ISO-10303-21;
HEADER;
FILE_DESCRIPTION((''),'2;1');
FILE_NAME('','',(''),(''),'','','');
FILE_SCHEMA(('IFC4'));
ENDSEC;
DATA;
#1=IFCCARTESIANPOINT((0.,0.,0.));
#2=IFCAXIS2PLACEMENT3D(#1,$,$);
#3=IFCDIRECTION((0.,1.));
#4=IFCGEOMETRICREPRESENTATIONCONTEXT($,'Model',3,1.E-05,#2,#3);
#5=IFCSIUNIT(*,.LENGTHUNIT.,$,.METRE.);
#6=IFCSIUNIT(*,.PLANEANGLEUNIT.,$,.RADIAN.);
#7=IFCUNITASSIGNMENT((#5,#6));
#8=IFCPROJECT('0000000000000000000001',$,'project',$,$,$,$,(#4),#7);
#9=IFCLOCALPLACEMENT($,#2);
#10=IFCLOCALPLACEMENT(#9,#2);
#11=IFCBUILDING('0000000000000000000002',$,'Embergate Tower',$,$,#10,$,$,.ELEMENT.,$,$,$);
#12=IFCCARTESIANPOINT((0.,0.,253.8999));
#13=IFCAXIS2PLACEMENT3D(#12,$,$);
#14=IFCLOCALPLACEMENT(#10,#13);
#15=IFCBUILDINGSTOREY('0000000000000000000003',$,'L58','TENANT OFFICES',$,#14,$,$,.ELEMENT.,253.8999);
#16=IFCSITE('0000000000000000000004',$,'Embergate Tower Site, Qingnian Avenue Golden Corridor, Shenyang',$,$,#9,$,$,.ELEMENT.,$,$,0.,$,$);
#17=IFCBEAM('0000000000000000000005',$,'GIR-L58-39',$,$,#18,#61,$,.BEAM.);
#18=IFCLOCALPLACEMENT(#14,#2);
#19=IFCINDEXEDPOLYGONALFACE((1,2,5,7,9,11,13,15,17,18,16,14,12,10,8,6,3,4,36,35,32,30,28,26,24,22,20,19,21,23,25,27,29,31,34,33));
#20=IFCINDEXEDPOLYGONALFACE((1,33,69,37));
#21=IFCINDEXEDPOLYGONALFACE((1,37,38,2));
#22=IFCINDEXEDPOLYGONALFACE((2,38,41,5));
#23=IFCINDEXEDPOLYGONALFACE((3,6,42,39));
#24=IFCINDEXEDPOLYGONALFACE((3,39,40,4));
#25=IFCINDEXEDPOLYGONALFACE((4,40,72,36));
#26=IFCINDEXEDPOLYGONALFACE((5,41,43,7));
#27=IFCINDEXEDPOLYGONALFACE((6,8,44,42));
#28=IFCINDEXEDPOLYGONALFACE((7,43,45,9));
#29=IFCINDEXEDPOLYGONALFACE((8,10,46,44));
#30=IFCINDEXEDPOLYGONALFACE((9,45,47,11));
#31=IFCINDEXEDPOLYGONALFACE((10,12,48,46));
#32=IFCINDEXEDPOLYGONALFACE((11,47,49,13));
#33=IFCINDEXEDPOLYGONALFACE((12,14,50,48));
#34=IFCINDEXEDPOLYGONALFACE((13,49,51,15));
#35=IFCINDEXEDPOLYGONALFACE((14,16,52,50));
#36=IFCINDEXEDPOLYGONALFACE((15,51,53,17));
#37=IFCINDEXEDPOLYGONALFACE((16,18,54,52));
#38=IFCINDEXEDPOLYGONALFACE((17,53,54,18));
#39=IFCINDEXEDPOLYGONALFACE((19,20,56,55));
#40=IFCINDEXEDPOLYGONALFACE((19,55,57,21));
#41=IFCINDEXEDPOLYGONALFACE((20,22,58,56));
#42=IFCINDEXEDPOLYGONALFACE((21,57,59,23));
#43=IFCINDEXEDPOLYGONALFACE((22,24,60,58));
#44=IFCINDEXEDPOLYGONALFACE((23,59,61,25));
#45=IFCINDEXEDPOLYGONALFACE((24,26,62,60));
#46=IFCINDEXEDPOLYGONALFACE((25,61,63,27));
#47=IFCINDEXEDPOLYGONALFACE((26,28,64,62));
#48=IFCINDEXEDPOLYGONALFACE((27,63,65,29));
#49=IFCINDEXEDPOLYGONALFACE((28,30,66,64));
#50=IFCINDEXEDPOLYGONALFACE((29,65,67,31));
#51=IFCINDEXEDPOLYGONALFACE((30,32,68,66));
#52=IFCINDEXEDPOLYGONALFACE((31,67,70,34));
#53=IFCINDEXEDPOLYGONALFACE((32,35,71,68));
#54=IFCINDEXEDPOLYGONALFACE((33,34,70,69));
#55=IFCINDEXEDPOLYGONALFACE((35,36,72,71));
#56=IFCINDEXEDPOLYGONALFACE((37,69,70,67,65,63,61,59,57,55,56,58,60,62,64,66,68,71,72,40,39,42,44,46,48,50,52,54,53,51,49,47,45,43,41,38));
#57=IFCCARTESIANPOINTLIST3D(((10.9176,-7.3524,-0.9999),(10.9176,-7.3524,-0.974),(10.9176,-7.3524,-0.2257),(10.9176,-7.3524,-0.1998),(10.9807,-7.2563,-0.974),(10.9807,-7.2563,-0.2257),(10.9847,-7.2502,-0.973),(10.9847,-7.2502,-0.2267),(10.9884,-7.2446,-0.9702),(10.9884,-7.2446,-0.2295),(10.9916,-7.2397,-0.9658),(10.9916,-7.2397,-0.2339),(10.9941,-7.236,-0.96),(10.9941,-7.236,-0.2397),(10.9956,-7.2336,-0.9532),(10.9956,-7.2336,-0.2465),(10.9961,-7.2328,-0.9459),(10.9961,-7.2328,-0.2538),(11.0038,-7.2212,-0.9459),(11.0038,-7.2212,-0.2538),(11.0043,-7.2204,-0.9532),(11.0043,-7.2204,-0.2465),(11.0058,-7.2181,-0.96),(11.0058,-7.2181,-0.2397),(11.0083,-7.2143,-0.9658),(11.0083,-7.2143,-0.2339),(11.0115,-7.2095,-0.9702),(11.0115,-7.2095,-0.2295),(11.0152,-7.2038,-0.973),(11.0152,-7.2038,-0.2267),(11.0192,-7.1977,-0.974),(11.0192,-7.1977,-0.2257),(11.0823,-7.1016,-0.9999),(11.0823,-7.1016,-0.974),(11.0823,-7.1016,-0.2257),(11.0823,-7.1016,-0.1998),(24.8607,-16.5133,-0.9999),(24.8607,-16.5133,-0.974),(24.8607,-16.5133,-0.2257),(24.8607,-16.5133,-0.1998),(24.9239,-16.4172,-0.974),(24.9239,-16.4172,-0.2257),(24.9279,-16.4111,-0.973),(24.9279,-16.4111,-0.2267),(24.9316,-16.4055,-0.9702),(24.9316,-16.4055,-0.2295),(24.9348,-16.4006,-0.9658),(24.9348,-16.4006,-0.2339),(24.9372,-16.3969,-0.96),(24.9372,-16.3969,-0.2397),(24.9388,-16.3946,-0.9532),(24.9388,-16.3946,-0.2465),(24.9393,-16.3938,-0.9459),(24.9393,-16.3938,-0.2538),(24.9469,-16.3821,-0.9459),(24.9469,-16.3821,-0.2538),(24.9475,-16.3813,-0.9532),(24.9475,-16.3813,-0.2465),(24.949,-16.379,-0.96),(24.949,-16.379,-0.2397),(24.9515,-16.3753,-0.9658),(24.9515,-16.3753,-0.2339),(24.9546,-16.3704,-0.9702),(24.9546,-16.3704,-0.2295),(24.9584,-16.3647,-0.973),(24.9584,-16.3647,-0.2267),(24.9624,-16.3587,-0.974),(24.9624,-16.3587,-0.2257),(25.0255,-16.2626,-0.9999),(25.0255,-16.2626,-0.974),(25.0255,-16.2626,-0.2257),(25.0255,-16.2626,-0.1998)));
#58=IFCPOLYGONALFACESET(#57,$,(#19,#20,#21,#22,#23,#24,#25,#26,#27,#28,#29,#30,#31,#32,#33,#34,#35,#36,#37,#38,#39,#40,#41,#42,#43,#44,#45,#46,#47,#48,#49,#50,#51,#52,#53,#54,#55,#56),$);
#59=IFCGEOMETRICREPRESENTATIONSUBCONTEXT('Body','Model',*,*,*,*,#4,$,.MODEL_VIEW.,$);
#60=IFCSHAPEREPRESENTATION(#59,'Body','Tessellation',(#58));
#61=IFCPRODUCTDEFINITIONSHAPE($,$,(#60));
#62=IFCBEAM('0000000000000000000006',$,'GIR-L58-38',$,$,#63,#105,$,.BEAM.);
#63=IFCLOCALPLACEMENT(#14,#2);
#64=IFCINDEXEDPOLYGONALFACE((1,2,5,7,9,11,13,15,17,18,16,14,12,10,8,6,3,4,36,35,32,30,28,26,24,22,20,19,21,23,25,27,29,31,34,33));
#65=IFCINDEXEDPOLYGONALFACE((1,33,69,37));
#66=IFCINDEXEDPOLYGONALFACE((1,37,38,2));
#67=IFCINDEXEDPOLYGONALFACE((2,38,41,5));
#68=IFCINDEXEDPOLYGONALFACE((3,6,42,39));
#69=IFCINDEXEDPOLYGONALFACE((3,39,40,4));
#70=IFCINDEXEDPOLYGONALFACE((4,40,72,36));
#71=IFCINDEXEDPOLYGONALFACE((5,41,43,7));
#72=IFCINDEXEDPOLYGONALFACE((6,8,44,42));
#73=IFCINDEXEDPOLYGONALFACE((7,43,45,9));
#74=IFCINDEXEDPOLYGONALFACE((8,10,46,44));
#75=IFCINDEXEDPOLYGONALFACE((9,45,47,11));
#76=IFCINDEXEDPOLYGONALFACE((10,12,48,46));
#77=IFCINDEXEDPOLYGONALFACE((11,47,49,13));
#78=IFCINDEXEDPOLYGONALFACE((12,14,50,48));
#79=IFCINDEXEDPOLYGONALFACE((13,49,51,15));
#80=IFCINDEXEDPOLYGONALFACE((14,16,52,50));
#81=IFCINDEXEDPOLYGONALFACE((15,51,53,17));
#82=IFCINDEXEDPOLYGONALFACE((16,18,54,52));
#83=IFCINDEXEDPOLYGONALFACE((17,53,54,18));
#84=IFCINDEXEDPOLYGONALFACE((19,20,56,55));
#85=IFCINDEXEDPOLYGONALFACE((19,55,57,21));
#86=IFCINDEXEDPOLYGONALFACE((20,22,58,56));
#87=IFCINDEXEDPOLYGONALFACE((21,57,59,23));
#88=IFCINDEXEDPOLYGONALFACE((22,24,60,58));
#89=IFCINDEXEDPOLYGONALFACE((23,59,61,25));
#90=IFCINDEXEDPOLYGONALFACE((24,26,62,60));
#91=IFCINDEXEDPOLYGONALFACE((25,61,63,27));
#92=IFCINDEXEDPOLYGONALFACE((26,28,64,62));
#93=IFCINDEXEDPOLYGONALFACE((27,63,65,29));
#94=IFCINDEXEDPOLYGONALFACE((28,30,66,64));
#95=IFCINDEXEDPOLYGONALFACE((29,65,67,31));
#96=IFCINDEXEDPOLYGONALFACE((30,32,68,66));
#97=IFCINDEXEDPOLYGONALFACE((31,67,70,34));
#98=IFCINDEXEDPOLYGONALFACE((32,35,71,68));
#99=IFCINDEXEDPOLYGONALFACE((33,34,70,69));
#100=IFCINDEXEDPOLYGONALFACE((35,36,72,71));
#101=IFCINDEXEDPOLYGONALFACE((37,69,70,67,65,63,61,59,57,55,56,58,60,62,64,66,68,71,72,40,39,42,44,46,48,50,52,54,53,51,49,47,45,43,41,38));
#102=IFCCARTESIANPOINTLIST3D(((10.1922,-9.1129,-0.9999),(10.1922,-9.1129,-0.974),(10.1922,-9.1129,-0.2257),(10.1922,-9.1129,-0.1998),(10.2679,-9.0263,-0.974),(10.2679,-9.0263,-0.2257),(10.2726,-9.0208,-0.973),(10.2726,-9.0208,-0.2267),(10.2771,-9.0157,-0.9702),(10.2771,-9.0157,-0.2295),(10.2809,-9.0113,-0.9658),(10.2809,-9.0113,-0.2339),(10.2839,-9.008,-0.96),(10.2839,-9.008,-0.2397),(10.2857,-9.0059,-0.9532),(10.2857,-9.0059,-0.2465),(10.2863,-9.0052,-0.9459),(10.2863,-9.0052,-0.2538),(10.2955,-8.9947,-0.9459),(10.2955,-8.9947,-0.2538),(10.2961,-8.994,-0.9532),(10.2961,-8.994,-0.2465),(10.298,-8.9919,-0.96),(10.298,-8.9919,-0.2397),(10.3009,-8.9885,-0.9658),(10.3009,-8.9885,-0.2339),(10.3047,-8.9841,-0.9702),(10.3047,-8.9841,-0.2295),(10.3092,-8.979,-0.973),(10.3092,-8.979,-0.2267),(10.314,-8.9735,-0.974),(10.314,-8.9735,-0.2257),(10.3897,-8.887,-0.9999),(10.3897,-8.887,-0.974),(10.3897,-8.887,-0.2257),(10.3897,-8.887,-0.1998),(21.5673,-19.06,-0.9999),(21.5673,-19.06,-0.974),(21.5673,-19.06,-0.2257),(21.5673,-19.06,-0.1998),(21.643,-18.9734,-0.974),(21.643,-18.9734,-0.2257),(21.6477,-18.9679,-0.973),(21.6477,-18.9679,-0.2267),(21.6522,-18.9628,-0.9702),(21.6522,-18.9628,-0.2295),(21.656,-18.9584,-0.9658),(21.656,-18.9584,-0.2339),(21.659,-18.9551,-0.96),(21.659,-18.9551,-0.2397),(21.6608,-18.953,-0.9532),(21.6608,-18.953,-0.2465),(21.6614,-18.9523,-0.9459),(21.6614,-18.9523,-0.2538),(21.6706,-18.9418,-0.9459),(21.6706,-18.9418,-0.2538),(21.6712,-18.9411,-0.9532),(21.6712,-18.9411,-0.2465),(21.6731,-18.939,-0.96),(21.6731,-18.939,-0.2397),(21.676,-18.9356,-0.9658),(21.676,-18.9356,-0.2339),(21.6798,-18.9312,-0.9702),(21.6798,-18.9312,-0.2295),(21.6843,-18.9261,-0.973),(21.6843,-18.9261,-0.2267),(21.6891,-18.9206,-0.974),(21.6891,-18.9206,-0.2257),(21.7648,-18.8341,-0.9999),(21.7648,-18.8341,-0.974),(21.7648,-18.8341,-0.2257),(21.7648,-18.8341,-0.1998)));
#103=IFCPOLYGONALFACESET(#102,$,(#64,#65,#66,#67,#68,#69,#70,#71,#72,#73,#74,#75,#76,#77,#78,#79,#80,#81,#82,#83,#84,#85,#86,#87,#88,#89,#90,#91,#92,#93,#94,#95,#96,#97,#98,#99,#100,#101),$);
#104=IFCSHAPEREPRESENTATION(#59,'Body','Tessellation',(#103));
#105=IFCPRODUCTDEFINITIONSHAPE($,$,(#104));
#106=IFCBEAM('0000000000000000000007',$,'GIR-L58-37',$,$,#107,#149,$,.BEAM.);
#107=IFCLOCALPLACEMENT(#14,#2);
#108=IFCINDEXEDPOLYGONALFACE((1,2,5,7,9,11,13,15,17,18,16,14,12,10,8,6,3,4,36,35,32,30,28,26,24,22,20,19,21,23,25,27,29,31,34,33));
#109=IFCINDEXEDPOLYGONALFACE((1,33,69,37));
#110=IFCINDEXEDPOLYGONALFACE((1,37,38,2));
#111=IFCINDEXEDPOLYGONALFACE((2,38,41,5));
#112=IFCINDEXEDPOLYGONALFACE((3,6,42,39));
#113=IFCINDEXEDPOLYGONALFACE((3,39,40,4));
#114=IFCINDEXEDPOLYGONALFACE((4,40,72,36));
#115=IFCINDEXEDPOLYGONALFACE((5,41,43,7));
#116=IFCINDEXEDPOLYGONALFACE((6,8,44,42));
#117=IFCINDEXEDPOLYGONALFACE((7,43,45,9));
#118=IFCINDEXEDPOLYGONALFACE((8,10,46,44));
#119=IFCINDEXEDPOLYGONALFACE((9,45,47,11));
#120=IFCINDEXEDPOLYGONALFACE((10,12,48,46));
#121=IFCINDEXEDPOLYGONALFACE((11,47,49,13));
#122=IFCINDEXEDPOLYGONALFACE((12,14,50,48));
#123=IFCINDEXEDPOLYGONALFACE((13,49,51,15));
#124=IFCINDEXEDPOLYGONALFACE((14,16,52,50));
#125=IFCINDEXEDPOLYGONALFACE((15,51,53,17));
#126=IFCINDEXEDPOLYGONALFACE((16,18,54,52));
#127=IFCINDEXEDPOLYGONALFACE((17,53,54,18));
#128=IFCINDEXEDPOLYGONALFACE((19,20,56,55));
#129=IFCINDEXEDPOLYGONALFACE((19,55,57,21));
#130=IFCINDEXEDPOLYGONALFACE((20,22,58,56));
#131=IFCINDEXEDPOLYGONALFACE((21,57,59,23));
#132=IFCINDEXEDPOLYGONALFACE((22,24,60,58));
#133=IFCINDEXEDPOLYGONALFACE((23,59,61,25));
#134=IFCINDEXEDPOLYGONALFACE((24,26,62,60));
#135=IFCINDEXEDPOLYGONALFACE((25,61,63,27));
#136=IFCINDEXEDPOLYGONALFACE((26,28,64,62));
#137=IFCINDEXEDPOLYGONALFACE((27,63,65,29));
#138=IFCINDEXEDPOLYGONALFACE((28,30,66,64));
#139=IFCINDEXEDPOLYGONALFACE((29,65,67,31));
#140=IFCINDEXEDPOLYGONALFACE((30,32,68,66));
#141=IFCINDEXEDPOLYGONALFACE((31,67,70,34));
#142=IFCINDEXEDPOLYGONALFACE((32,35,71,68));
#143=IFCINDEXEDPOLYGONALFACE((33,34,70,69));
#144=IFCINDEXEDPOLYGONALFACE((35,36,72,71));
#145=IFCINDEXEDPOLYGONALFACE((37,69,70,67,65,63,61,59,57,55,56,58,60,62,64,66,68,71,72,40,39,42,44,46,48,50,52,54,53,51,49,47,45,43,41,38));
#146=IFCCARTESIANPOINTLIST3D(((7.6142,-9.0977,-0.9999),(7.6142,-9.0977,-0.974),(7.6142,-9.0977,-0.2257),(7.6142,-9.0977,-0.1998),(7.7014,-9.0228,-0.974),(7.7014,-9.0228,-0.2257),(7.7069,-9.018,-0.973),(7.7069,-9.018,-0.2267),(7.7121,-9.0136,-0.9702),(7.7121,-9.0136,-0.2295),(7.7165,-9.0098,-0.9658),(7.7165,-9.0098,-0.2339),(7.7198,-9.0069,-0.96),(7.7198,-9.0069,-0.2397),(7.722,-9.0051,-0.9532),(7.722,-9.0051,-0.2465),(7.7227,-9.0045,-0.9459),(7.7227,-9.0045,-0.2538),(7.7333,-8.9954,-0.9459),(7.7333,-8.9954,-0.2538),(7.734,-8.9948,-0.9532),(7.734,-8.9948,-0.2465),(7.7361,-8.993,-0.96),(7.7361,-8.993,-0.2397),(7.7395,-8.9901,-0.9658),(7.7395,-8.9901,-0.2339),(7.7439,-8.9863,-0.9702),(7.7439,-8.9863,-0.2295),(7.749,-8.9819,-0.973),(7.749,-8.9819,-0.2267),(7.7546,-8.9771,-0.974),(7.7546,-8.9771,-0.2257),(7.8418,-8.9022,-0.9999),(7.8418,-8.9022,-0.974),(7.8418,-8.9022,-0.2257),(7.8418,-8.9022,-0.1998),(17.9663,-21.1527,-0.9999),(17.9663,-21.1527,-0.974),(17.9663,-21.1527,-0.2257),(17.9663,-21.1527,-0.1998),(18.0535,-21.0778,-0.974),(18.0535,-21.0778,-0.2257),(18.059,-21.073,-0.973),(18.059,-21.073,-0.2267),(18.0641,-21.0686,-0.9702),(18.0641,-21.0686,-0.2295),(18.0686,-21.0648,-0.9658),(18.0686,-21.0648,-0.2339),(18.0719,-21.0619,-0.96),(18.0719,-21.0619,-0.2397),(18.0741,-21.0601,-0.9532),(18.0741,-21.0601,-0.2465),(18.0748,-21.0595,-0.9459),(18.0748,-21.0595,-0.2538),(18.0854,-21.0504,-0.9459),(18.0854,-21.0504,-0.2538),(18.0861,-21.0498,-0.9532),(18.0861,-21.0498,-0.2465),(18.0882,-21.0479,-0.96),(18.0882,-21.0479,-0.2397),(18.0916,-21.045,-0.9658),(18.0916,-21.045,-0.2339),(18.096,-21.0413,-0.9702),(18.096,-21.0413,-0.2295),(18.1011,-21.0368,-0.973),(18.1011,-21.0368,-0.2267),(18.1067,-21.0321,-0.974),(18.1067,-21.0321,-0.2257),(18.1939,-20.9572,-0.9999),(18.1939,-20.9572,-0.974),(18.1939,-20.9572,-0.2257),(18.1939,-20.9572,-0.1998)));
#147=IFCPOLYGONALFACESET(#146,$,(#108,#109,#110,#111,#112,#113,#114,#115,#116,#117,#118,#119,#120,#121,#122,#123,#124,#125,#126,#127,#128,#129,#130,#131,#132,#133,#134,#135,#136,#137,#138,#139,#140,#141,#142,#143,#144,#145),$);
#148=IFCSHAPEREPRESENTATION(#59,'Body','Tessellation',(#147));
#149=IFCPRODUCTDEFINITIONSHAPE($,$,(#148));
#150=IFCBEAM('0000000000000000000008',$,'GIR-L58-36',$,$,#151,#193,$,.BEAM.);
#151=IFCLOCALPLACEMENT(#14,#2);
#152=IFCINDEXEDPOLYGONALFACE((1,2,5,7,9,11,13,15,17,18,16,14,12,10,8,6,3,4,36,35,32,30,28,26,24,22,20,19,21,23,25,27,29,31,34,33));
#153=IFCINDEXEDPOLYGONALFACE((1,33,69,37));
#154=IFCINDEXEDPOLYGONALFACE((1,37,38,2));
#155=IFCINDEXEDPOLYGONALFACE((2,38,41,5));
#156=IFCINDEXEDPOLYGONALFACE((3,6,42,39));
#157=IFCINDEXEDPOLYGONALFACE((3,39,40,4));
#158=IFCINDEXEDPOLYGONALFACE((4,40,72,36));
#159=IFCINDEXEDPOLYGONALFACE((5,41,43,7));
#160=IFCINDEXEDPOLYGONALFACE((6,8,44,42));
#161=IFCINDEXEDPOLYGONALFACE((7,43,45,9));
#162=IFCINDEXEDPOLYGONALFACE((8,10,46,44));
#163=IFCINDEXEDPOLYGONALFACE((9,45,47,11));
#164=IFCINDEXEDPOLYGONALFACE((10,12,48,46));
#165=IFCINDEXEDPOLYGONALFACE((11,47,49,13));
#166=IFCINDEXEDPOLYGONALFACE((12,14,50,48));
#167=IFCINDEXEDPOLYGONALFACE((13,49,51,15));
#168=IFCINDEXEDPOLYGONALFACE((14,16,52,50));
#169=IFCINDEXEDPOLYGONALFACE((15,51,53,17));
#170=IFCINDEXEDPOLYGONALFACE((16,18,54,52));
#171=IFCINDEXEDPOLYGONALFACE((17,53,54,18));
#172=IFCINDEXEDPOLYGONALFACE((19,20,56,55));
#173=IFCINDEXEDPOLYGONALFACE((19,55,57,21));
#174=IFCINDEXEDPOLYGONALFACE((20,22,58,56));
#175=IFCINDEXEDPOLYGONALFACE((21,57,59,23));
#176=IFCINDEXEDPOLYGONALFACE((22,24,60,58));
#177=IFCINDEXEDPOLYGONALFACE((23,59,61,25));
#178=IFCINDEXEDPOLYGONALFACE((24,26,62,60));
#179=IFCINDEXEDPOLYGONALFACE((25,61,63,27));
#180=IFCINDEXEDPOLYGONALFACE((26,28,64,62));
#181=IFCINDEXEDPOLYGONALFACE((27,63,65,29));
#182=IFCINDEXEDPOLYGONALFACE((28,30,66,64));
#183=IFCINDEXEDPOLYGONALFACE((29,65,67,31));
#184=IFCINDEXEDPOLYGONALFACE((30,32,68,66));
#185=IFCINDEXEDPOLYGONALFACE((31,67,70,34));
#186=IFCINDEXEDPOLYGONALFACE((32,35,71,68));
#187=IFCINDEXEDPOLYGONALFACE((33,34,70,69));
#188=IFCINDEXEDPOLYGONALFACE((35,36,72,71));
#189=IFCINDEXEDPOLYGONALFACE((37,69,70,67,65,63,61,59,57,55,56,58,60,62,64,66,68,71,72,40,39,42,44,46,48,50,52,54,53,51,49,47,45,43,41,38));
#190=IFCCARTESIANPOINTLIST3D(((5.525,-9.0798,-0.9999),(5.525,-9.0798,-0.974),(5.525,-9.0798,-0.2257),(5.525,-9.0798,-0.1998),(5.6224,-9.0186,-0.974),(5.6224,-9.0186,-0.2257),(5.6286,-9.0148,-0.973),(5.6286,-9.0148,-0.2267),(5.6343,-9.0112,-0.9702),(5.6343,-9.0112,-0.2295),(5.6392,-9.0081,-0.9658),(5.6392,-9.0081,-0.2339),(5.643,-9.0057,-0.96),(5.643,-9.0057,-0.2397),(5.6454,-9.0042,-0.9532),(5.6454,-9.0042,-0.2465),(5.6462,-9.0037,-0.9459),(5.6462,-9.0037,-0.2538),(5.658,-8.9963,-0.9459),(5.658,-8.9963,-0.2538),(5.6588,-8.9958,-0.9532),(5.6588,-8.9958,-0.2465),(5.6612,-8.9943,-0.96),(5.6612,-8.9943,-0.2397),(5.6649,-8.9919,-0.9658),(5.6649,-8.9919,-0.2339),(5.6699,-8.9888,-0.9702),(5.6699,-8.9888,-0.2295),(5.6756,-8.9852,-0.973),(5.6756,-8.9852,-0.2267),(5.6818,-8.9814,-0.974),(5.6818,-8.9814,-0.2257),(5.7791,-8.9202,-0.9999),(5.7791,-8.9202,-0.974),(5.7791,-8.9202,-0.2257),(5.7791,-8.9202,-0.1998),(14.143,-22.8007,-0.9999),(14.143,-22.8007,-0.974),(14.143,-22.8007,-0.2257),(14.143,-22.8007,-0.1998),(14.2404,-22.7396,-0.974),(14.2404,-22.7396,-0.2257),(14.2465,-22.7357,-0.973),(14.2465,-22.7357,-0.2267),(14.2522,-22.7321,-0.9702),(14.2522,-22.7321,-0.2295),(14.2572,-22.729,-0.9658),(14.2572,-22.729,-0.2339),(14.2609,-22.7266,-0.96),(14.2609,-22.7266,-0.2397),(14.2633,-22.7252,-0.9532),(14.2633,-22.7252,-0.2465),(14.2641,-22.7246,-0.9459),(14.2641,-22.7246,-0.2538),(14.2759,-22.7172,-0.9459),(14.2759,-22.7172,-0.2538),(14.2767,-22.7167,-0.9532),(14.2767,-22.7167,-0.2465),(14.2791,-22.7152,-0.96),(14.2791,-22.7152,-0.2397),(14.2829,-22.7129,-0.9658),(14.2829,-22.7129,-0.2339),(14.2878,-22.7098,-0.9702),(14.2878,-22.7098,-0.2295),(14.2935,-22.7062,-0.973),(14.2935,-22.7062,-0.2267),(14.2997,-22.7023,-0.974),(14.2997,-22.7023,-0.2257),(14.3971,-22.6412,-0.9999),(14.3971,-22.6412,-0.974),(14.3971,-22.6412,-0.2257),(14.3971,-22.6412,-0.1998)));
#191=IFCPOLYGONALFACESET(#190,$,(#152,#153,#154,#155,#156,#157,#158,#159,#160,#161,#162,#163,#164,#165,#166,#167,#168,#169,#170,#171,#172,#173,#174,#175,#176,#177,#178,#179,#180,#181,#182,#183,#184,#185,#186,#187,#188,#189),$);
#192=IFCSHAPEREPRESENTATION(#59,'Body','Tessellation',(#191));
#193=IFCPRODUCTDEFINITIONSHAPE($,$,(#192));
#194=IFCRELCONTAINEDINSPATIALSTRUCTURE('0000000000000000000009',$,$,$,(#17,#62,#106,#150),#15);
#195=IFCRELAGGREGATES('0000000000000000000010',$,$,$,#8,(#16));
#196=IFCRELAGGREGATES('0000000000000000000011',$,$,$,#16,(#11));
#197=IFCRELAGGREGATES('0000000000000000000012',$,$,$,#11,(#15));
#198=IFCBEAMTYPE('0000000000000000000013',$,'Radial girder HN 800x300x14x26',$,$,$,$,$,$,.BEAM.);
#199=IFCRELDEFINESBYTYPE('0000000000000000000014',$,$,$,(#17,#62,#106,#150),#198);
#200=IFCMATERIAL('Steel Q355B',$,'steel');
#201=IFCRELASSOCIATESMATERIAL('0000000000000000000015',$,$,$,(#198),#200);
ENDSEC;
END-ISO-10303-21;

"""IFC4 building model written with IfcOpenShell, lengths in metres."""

from ifc_helpers import new_model, si_unit, direction, frame, origin, origin_2d, place, context, subcontext, project, spatial, i_section, extrude, source, transform, mapped, material, material_profile, profile_set, type_object, element, save


model = new_model("IFC4")

# Units and contexts
model_context = context("Model", 3, precision=1e-05, world=origin(), true_north=direction((0.0, 1.0)))
body_context = subcontext(model_context, "Body", "Model", "MODEL_VIEW")
ifc_project = project(units=[si_unit("LENGTHUNIT", "METRE"), si_unit("PLANEANGLEUNIT", "RADIAN")], contexts=[model_context])

# Site, building, storey
site_placement = place(None, origin())
site = spatial("IfcSite", under=ifc_project, at=site_placement, Name="Embergate Tower Site, Qingnian Avenue Golden Corridor, Shenyang", CompositionType="ELEMENT", RefElevation=0.0)
building_placement = place(site_placement, origin())
building = spatial("IfcBuilding", under=site, at=building_placement, Name="Embergate Tower", CompositionType="ELEMENT")
storey_placement = place(building_placement, frame((0.0, 0.0, 253.8999)))
storey = spatial("IfcBuildingStorey", under=building, at=storey_placement, Name="L58", Description="TENANT OFFICES", CompositionType="ELEMENT", Elevation=253.8999)

# Beams
ifc_material_1 = material(Name="Steel Q355B", Category="steel")
ifc_material_profile_1 = material_profile(ifc_material_1, i_section(OverallWidth=0.3, OverallDepth=0.8, WebThickness=0.0139, FlangeThickness=0.0259, FilletRadius=0.0281, at=origin_2d()), Name="HN 800x300x14x26")
ifc_profile_set_1 = profile_set([ifc_material_profile_1], Name="Steel Q355 grade B")
beam_type_1 = type_object("IfcBeamType", Name="Radial girder HN 800x300x14x26", PredefinedType="BEAM", material=ifc_profile_set_1)
shared_shape_1 = source(origin(), body_context, "Body", "SweptSolid", [
    extrude(i_section(OverallWidth=0.3, OverallDepth=0.8, WebThickness=0.0139, FlangeThickness=0.0259, FilletRadius=0.0281, at=origin_2d()), origin(), (0.0, 0.0, 1.0), 16.6833),
])
beam_1_placement = place(storey_placement, frame((24.9431, -16.3879, -0.5999), z_axis=(-0.835753, 0.549105, 0.0), x_axis=(-0.549105, -0.835753, 0.0)))
element("IfcBeam", 1, at=beam_1_placement, inside=storey, type_object=beam_type_1, Name="GIR-L58-39", PredefinedType="BEAM", context=body_context, shape_type="MappedRepresentation", body=[
    mapped(shared_shape_1, transform((0.0, 0.0, 0.0))),
])
shared_shape_2 = source(origin(), body_context, "Body", "SweptSolid", [
    extrude(i_section(OverallWidth=0.3, OverallDepth=0.8, WebThickness=0.0139, FlangeThickness=0.0259, FilletRadius=0.0281, at=origin_2d()), origin(), (0.0, 0.0, 1.0), 15.1108),
])
beam_2_placement = place(storey_placement, frame((21.666, -18.947, -0.5999), z_axis=(-0.752777, 0.658276, 0.0), x_axis=(-0.658276, -0.752777, 0.0)))
element("IfcBeam", 2, at=beam_2_placement, inside=storey, type_object=beam_type_1, Name="GIR-L58-38", PredefinedType="BEAM", context=body_context, shape_type="MappedRepresentation", body=[
    mapped(shared_shape_2, transform((0.0, 0.0, 0.0))),
])
shared_shape_3 = source(origin(), body_context, "Body", "SweptSolid", [
    extrude(i_section(OverallWidth=0.3, OverallDepth=0.8, WebThickness=0.0139, FlangeThickness=0.0259, FilletRadius=0.0281, at=origin_2d()), origin(), (0.0, 0.0, 1.0), 15.8899),
])
beam_3_placement = place(storey_placement, frame((18.0801, -21.0549, -0.5999), z_axis=(-0.65149, 0.758658, 0.0), x_axis=(-0.758658, -0.65149, 0.0)))
element("IfcBeam", 3, at=beam_3_placement, inside=storey, type_object=beam_type_1, Name="GIR-L58-37", PredefinedType="BEAM", context=body_context, shape_type="MappedRepresentation", body=[
    mapped(shared_shape_3, transform((0.0, 0.0, 0.0))),
])
shared_shape_4 = source(origin(), body_context, "Body", "SweptSolid", [
    extrude(i_section(OverallWidth=0.3, OverallDepth=0.8, WebThickness=0.0139, FlangeThickness=0.0259, FilletRadius=0.0281, at=origin_2d()), origin(), (0.0, 0.0, 1.0), 16.2029),
])
beam_4_placement = place(storey_placement, frame((14.27, -22.7209, -0.5999), z_axis=(-0.531876, 0.846822, 0.0), x_axis=(-0.846822, -0.531876, 0.0)))
element("IfcBeam", 4, at=beam_4_placement, inside=storey, type_object=beam_type_1, Name="GIR-L58-36", PredefinedType="BEAM", context=body_context, shape_type="MappedRepresentation", body=[
    mapped(shared_shape_4, transform((0.0, 0.0, 0.0))),
])

save(model, "model.ifc")
